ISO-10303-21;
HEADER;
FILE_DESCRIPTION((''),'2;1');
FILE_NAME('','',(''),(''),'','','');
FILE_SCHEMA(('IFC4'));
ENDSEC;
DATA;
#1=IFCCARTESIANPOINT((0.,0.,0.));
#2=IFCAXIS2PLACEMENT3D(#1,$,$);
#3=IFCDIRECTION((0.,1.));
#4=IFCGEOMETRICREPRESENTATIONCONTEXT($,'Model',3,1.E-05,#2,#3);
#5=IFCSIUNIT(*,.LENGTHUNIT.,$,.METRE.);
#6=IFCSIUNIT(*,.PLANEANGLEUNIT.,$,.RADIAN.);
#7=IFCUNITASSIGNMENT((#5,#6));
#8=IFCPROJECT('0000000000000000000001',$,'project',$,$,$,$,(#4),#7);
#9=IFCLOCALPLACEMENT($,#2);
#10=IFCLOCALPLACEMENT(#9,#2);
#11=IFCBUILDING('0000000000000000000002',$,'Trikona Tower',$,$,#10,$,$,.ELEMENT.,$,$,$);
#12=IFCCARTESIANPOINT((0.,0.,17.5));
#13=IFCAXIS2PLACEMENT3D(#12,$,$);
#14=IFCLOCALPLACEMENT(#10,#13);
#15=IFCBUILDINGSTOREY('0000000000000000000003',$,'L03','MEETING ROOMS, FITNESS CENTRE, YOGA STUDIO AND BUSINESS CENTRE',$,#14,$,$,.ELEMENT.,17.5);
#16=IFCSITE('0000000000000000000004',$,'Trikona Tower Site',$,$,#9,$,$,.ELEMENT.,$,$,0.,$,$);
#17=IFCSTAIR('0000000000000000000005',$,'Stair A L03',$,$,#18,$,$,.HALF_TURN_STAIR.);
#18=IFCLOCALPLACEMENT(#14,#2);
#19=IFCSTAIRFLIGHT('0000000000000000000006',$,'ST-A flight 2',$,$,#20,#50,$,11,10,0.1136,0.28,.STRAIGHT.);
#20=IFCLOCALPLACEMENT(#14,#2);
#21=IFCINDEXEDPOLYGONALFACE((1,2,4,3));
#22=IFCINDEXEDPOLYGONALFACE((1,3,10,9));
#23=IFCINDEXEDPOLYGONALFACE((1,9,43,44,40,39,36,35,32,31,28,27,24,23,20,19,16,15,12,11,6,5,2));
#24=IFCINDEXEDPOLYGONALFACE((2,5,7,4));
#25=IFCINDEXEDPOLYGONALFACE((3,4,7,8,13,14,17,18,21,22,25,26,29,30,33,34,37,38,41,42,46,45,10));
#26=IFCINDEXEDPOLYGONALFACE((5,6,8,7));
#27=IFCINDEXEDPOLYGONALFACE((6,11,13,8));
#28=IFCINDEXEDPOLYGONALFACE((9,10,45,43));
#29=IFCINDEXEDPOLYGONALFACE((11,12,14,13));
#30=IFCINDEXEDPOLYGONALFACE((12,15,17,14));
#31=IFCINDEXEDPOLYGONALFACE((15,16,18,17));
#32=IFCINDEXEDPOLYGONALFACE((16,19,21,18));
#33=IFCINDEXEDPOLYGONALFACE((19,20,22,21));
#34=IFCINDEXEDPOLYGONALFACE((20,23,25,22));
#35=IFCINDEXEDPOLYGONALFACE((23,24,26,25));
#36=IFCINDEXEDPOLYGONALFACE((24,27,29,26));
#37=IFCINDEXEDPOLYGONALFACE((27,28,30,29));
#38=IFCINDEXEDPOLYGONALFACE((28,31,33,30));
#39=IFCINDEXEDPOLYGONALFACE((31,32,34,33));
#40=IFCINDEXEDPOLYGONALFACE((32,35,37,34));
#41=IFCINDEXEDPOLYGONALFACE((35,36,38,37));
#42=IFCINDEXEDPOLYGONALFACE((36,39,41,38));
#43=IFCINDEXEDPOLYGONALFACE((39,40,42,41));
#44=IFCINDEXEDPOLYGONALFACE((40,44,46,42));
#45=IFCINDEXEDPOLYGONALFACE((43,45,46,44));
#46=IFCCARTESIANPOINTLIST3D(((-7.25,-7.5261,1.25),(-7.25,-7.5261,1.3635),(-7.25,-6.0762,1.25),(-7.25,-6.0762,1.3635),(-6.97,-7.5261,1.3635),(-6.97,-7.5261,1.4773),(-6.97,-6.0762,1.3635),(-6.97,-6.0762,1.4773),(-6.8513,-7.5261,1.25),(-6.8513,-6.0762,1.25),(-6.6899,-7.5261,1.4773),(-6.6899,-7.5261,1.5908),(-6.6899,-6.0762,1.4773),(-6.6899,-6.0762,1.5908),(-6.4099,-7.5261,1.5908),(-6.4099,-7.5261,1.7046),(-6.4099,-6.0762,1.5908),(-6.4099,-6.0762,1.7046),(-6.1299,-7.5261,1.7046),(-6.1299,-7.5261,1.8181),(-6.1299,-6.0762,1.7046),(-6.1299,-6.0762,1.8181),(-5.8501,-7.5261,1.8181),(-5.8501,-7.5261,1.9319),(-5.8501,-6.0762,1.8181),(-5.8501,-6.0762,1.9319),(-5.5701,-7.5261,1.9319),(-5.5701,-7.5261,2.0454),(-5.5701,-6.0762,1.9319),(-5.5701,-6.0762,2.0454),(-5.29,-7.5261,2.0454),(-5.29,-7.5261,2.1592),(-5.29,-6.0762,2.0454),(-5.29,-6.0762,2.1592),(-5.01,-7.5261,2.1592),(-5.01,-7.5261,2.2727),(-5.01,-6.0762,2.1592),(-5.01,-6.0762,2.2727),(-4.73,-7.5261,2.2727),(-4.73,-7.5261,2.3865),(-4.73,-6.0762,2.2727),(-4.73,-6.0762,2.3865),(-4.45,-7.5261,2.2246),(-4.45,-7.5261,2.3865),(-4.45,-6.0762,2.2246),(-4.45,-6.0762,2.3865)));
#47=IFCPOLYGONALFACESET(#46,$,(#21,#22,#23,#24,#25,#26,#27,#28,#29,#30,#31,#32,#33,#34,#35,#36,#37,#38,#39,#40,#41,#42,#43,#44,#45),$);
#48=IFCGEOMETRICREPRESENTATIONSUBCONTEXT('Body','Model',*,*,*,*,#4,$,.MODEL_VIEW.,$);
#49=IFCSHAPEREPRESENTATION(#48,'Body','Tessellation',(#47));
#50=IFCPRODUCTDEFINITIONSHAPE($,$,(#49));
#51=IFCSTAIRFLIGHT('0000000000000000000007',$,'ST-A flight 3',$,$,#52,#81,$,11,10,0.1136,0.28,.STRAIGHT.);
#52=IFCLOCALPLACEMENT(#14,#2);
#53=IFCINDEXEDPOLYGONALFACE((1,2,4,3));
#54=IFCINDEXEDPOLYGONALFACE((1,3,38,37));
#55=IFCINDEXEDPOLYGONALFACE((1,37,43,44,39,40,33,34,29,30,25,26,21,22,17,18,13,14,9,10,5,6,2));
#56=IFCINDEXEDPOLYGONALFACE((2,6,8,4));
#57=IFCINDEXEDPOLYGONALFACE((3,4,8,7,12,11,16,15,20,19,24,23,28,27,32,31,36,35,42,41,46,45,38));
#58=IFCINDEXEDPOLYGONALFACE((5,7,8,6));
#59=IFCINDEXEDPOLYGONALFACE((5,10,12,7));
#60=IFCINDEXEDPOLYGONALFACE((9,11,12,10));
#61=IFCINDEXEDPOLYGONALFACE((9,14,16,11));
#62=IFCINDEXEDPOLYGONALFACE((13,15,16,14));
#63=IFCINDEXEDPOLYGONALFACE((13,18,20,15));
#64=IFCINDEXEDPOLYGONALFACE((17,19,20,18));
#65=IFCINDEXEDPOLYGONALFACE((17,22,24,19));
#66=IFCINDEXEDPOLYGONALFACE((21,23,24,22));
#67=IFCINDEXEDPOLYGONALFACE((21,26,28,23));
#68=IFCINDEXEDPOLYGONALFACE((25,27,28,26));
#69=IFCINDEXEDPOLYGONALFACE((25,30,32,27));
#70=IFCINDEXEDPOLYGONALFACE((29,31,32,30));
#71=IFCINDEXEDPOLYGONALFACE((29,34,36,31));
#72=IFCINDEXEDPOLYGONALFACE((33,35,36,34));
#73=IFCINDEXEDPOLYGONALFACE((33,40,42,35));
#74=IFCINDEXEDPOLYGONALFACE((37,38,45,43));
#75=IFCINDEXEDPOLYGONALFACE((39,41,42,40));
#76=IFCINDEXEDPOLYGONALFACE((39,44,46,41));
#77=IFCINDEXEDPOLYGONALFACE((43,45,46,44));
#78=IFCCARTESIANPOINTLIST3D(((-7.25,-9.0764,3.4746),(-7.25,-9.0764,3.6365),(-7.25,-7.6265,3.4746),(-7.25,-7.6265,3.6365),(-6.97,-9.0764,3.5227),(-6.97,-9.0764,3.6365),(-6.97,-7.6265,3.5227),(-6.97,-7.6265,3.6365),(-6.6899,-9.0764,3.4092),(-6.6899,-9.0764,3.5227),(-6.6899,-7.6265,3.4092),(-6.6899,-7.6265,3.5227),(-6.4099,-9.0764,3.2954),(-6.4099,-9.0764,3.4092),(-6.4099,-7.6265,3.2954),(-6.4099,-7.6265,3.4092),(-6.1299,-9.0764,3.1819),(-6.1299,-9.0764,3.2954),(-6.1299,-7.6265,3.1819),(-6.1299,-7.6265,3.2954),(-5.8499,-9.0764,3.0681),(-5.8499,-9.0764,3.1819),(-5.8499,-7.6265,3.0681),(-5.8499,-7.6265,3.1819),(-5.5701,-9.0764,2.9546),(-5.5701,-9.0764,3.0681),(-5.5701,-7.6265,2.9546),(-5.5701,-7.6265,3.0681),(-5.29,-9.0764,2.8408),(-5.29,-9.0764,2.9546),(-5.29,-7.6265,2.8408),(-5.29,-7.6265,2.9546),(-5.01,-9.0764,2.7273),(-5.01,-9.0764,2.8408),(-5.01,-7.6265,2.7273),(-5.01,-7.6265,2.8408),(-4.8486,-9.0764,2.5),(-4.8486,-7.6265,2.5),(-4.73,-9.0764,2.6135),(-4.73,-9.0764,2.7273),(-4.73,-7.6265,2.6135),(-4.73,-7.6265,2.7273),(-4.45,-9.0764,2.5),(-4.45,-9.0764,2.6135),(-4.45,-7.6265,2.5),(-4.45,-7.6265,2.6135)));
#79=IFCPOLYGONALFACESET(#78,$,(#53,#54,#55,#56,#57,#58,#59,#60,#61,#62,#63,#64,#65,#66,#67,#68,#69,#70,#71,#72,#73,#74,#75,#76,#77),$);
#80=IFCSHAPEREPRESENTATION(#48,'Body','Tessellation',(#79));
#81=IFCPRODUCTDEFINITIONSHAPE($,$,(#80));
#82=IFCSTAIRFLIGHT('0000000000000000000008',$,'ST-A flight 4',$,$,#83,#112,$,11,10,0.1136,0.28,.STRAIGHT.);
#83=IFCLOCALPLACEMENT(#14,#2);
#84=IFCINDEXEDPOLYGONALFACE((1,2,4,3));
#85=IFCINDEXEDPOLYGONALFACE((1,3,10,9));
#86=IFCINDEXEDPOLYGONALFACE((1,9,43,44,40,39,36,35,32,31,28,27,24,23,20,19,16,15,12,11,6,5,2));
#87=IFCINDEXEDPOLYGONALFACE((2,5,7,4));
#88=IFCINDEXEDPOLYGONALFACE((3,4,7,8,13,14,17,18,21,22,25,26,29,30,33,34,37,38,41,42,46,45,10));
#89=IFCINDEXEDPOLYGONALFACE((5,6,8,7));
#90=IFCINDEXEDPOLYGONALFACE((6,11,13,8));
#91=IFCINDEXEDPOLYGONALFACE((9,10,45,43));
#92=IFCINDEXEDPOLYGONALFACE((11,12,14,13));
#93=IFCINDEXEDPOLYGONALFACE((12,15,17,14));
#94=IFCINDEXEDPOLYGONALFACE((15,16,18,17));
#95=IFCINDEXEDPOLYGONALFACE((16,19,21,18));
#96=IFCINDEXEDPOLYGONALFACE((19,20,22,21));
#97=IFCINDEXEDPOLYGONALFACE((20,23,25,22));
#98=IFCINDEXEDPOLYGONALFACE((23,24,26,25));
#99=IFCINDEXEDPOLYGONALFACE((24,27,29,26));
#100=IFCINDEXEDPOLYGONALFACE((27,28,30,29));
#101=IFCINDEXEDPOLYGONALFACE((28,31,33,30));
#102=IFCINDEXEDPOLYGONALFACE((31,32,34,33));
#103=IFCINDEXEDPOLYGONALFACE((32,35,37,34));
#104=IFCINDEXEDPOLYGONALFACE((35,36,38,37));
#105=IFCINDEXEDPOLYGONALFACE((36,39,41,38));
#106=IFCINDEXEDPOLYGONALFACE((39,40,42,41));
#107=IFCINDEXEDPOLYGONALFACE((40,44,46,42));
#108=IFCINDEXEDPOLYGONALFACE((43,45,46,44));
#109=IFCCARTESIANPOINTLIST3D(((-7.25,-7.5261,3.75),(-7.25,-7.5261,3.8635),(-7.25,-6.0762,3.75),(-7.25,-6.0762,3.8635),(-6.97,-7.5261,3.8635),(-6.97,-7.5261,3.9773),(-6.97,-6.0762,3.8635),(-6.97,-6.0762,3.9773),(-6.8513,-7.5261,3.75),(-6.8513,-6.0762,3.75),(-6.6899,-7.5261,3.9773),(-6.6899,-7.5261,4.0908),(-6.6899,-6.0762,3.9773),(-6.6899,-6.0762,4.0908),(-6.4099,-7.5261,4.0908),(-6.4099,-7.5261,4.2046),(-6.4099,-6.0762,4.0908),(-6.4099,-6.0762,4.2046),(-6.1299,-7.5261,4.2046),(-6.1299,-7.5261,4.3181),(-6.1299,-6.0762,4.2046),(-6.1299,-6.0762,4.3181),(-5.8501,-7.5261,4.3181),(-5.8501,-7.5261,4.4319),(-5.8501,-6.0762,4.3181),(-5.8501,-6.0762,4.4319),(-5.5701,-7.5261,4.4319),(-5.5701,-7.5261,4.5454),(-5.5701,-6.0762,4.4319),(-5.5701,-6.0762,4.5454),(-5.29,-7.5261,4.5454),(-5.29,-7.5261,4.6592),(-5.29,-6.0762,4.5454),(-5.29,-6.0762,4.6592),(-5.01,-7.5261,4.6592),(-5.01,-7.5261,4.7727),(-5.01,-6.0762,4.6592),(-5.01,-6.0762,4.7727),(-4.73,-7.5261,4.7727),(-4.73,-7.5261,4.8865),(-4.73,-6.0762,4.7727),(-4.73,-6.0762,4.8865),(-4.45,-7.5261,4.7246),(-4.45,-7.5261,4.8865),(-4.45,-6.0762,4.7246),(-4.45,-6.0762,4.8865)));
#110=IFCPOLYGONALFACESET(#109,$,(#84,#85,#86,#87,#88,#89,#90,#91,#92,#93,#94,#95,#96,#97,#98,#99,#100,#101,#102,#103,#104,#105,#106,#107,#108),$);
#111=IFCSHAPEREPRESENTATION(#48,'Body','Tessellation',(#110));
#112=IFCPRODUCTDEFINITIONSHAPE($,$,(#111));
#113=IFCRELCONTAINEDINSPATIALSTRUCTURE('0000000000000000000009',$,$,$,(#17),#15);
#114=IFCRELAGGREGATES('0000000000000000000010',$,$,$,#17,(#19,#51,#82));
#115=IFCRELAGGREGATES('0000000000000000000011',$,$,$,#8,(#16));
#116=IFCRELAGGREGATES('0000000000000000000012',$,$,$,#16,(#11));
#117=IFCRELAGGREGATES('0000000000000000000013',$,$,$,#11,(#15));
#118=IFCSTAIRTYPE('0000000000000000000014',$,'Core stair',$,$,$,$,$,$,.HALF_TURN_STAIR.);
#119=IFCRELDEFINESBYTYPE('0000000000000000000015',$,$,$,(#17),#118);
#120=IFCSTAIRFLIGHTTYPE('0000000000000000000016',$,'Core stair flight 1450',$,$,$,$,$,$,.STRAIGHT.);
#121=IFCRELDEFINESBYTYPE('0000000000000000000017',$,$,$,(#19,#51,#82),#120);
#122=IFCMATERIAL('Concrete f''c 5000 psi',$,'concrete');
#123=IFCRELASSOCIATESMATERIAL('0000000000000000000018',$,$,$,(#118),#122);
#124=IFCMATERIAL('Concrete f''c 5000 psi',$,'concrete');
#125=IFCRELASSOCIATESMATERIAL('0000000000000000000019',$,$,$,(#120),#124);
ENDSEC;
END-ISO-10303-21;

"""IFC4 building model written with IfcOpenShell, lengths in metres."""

from ifc_helpers import new_model, si_unit, direction, frame, origin, place, context, subcontext, project, spatial, polyline, outline, extrude, material, type_object, element, aggregate, save


model = new_model("IFC4")

# Units and contexts
model_context = context("Model", 3, precision=1e-05, world=origin(), true_north=direction((0.0, 1.0)))
body_context = subcontext(model_context, "Body", "Model", "MODEL_VIEW")
ifc_project = project(units=[si_unit("LENGTHUNIT", "METRE"), si_unit("PLANEANGLEUNIT", "RADIAN")], contexts=[model_context])

# Site, building, storey
site_placement = place(None, origin())
site = spatial("IfcSite", under=ifc_project, at=site_placement, Name="Trikona Tower Site", CompositionType="ELEMENT", RefElevation=0.0)
building_placement = place(site_placement, origin())
building = spatial("IfcBuilding", under=site, at=building_placement, Name="Trikona Tower", CompositionType="ELEMENT")
storey_placement = place(building_placement, frame((0.0, 0.0, 17.5)))
storey = spatial("IfcBuildingStorey", under=building, at=storey_placement, Name="L03", Description="MEETING ROOMS, FITNESS CENTRE, YOGA STUDIO AND BUSINESS CENTRE", CompositionType="ELEMENT", Elevation=17.5)

# Stair, stair flights
ifc_material_1 = material(Name="Concrete f'c 5000 psi", Category="concrete")
stair_type = type_object("IfcStairType", Name="Core stair", PredefinedType="HALF_TURN_STAIR", material=ifc_material_1)
stair_placement = place(storey_placement, origin())
stair = element("IfcStair", 1, at=stair_placement, inside=storey, type_object=stair_type, Name="Stair A L03", PredefinedType="HALF_TURN_STAIR")
ifc_material_2 = material(Name="Concrete f'c 5000 psi", Category="concrete")
stair_flight_type = type_object("IfcStairFlightType", Name="Core stair flight 1450", PredefinedType="STRAIGHT", material=ifc_material_2)
stair_flight_1_placement = place(storey_placement, frame((-7.25, -6.8013, 1.25), z_axis=(0.0, 0.0, 1.0), x_axis=(1.0, 0.0, 0.0)))
stair_flight_1 = element("IfcStairFlight", 2, at=stair_flight_1_placement, type_object=stair_flight_type, Name="ST-A flight 2", NumberOfRisers=11, NumberOfTreads=10, PredefinedType="STRAIGHT", RiserHeight=0.1136, TreadLength=0.28, context=body_context, shape_type="SweptSolid", body=[
    extrude(outline(polyline([(0.0, 0.0), (0.0, 0.1135), (0.28, 0.1135), (0.28, 0.2273), (0.5601, 0.2273), (0.5601, 0.3408), (0.8401, 0.3408), (0.8401, 0.4546), (1.1201, 0.4546), (1.1201, 0.5681), (1.3999, 0.5681), (1.3999, 0.6819), (1.6799, 0.6819), (1.6799, 0.7954), (1.96, 0.7954), (1.96, 0.9092), (2.24, 0.9092), (2.24, 1.0227), (2.52, 1.0227), (2.52, 1.1365), (2.8, 1.1365), (2.8, 1.25), (2.8, 0.9746), (0.3987, 0.0), (0.0, 0.0)])), frame((0.0, 0.7251, 0.0), z_axis=(0.0, -1.0, 0.0), x_axis=(1.0, 0.0, 0.0)), (0.0, 0.0, 1.0), 1.45),
])
stair_flight_2_placement = place(storey_placement, frame((-4.45, -8.3513, 2.5), z_axis=(0.0, 0.0, 1.0), x_axis=(-1.0, 0.0, 0.0)))
stair_flight_2 = element("IfcStairFlight", 3, at=stair_flight_2_placement, type_object=stair_flight_type, Name="ST-A flight 3", NumberOfRisers=11, NumberOfTreads=10, PredefinedType="STRAIGHT", RiserHeight=0.1136, TreadLength=0.28, context=body_context, shape_type="SweptSolid", body=[
    extrude(outline(polyline([(0.0, 0.0), (0.0, 0.1135), (0.28, 0.1135), (0.28, 0.2273), (0.5601, 0.2273), (0.5601, 0.3408), (0.8401, 0.3408), (0.8401, 0.4546), (1.1201, 0.4546), (1.1201, 0.5681), (1.3999, 0.5681), (1.3999, 0.6819), (1.6799, 0.6819), (1.6799, 0.7954), (1.96, 0.7954), (1.96, 0.9092), (2.24, 0.9092), (2.24, 1.0227), (2.52, 1.0227), (2.52, 1.1365), (2.8, 1.1365), (2.8, 1.25), (2.8, 0.9746), (0.3987, 0.0), (0.0, 0.0)])), frame((0.0, 0.7251, 0.0), z_axis=(0.0, -1.0, 0.0), x_axis=(1.0, 0.0, 0.0)), (0.0, 0.0, 1.0), 1.45),
])
stair_flight_3_placement = place(storey_placement, frame((-7.25, -6.8013, 3.75), z_axis=(0.0, 0.0, 1.0), x_axis=(1.0, 0.0, 0.0)))
stair_flight_3 = element("IfcStairFlight", 4, at=stair_flight_3_placement, type_object=stair_flight_type, Name="ST-A flight 4", NumberOfRisers=11, NumberOfTreads=10, PredefinedType="STRAIGHT", RiserHeight=0.1136, TreadLength=0.28, context=body_context, shape_type="SweptSolid", body=[
    extrude(outline(polyline([(0.0, 0.0), (0.0, 0.1135), (0.28, 0.1135), (0.28, 0.2273), (0.5601, 0.2273), (0.5601, 0.3408), (0.8401, 0.3408), (0.8401, 0.4546), (1.1201, 0.4546), (1.1201, 0.5681), (1.3999, 0.5681), (1.3999, 0.6819), (1.6799, 0.6819), (1.6799, 0.7954), (1.96, 0.7954), (1.96, 0.9092), (2.24, 0.9092), (2.24, 1.0227), (2.52, 1.0227), (2.52, 1.1365), (2.8, 1.1365), (2.8, 1.25), (2.8, 0.9746), (0.3987, 0.0), (0.0, 0.0)])), frame((0.0, 0.7251, 0.0), z_axis=(0.0, -1.0, 0.0), x_axis=(1.0, 0.0, 0.0)), (0.0, 0.0, 1.0), 1.45),
])
aggregate(stair, [stair_flight_1, stair_flight_2, stair_flight_3])

save(model, "model.ifc")
